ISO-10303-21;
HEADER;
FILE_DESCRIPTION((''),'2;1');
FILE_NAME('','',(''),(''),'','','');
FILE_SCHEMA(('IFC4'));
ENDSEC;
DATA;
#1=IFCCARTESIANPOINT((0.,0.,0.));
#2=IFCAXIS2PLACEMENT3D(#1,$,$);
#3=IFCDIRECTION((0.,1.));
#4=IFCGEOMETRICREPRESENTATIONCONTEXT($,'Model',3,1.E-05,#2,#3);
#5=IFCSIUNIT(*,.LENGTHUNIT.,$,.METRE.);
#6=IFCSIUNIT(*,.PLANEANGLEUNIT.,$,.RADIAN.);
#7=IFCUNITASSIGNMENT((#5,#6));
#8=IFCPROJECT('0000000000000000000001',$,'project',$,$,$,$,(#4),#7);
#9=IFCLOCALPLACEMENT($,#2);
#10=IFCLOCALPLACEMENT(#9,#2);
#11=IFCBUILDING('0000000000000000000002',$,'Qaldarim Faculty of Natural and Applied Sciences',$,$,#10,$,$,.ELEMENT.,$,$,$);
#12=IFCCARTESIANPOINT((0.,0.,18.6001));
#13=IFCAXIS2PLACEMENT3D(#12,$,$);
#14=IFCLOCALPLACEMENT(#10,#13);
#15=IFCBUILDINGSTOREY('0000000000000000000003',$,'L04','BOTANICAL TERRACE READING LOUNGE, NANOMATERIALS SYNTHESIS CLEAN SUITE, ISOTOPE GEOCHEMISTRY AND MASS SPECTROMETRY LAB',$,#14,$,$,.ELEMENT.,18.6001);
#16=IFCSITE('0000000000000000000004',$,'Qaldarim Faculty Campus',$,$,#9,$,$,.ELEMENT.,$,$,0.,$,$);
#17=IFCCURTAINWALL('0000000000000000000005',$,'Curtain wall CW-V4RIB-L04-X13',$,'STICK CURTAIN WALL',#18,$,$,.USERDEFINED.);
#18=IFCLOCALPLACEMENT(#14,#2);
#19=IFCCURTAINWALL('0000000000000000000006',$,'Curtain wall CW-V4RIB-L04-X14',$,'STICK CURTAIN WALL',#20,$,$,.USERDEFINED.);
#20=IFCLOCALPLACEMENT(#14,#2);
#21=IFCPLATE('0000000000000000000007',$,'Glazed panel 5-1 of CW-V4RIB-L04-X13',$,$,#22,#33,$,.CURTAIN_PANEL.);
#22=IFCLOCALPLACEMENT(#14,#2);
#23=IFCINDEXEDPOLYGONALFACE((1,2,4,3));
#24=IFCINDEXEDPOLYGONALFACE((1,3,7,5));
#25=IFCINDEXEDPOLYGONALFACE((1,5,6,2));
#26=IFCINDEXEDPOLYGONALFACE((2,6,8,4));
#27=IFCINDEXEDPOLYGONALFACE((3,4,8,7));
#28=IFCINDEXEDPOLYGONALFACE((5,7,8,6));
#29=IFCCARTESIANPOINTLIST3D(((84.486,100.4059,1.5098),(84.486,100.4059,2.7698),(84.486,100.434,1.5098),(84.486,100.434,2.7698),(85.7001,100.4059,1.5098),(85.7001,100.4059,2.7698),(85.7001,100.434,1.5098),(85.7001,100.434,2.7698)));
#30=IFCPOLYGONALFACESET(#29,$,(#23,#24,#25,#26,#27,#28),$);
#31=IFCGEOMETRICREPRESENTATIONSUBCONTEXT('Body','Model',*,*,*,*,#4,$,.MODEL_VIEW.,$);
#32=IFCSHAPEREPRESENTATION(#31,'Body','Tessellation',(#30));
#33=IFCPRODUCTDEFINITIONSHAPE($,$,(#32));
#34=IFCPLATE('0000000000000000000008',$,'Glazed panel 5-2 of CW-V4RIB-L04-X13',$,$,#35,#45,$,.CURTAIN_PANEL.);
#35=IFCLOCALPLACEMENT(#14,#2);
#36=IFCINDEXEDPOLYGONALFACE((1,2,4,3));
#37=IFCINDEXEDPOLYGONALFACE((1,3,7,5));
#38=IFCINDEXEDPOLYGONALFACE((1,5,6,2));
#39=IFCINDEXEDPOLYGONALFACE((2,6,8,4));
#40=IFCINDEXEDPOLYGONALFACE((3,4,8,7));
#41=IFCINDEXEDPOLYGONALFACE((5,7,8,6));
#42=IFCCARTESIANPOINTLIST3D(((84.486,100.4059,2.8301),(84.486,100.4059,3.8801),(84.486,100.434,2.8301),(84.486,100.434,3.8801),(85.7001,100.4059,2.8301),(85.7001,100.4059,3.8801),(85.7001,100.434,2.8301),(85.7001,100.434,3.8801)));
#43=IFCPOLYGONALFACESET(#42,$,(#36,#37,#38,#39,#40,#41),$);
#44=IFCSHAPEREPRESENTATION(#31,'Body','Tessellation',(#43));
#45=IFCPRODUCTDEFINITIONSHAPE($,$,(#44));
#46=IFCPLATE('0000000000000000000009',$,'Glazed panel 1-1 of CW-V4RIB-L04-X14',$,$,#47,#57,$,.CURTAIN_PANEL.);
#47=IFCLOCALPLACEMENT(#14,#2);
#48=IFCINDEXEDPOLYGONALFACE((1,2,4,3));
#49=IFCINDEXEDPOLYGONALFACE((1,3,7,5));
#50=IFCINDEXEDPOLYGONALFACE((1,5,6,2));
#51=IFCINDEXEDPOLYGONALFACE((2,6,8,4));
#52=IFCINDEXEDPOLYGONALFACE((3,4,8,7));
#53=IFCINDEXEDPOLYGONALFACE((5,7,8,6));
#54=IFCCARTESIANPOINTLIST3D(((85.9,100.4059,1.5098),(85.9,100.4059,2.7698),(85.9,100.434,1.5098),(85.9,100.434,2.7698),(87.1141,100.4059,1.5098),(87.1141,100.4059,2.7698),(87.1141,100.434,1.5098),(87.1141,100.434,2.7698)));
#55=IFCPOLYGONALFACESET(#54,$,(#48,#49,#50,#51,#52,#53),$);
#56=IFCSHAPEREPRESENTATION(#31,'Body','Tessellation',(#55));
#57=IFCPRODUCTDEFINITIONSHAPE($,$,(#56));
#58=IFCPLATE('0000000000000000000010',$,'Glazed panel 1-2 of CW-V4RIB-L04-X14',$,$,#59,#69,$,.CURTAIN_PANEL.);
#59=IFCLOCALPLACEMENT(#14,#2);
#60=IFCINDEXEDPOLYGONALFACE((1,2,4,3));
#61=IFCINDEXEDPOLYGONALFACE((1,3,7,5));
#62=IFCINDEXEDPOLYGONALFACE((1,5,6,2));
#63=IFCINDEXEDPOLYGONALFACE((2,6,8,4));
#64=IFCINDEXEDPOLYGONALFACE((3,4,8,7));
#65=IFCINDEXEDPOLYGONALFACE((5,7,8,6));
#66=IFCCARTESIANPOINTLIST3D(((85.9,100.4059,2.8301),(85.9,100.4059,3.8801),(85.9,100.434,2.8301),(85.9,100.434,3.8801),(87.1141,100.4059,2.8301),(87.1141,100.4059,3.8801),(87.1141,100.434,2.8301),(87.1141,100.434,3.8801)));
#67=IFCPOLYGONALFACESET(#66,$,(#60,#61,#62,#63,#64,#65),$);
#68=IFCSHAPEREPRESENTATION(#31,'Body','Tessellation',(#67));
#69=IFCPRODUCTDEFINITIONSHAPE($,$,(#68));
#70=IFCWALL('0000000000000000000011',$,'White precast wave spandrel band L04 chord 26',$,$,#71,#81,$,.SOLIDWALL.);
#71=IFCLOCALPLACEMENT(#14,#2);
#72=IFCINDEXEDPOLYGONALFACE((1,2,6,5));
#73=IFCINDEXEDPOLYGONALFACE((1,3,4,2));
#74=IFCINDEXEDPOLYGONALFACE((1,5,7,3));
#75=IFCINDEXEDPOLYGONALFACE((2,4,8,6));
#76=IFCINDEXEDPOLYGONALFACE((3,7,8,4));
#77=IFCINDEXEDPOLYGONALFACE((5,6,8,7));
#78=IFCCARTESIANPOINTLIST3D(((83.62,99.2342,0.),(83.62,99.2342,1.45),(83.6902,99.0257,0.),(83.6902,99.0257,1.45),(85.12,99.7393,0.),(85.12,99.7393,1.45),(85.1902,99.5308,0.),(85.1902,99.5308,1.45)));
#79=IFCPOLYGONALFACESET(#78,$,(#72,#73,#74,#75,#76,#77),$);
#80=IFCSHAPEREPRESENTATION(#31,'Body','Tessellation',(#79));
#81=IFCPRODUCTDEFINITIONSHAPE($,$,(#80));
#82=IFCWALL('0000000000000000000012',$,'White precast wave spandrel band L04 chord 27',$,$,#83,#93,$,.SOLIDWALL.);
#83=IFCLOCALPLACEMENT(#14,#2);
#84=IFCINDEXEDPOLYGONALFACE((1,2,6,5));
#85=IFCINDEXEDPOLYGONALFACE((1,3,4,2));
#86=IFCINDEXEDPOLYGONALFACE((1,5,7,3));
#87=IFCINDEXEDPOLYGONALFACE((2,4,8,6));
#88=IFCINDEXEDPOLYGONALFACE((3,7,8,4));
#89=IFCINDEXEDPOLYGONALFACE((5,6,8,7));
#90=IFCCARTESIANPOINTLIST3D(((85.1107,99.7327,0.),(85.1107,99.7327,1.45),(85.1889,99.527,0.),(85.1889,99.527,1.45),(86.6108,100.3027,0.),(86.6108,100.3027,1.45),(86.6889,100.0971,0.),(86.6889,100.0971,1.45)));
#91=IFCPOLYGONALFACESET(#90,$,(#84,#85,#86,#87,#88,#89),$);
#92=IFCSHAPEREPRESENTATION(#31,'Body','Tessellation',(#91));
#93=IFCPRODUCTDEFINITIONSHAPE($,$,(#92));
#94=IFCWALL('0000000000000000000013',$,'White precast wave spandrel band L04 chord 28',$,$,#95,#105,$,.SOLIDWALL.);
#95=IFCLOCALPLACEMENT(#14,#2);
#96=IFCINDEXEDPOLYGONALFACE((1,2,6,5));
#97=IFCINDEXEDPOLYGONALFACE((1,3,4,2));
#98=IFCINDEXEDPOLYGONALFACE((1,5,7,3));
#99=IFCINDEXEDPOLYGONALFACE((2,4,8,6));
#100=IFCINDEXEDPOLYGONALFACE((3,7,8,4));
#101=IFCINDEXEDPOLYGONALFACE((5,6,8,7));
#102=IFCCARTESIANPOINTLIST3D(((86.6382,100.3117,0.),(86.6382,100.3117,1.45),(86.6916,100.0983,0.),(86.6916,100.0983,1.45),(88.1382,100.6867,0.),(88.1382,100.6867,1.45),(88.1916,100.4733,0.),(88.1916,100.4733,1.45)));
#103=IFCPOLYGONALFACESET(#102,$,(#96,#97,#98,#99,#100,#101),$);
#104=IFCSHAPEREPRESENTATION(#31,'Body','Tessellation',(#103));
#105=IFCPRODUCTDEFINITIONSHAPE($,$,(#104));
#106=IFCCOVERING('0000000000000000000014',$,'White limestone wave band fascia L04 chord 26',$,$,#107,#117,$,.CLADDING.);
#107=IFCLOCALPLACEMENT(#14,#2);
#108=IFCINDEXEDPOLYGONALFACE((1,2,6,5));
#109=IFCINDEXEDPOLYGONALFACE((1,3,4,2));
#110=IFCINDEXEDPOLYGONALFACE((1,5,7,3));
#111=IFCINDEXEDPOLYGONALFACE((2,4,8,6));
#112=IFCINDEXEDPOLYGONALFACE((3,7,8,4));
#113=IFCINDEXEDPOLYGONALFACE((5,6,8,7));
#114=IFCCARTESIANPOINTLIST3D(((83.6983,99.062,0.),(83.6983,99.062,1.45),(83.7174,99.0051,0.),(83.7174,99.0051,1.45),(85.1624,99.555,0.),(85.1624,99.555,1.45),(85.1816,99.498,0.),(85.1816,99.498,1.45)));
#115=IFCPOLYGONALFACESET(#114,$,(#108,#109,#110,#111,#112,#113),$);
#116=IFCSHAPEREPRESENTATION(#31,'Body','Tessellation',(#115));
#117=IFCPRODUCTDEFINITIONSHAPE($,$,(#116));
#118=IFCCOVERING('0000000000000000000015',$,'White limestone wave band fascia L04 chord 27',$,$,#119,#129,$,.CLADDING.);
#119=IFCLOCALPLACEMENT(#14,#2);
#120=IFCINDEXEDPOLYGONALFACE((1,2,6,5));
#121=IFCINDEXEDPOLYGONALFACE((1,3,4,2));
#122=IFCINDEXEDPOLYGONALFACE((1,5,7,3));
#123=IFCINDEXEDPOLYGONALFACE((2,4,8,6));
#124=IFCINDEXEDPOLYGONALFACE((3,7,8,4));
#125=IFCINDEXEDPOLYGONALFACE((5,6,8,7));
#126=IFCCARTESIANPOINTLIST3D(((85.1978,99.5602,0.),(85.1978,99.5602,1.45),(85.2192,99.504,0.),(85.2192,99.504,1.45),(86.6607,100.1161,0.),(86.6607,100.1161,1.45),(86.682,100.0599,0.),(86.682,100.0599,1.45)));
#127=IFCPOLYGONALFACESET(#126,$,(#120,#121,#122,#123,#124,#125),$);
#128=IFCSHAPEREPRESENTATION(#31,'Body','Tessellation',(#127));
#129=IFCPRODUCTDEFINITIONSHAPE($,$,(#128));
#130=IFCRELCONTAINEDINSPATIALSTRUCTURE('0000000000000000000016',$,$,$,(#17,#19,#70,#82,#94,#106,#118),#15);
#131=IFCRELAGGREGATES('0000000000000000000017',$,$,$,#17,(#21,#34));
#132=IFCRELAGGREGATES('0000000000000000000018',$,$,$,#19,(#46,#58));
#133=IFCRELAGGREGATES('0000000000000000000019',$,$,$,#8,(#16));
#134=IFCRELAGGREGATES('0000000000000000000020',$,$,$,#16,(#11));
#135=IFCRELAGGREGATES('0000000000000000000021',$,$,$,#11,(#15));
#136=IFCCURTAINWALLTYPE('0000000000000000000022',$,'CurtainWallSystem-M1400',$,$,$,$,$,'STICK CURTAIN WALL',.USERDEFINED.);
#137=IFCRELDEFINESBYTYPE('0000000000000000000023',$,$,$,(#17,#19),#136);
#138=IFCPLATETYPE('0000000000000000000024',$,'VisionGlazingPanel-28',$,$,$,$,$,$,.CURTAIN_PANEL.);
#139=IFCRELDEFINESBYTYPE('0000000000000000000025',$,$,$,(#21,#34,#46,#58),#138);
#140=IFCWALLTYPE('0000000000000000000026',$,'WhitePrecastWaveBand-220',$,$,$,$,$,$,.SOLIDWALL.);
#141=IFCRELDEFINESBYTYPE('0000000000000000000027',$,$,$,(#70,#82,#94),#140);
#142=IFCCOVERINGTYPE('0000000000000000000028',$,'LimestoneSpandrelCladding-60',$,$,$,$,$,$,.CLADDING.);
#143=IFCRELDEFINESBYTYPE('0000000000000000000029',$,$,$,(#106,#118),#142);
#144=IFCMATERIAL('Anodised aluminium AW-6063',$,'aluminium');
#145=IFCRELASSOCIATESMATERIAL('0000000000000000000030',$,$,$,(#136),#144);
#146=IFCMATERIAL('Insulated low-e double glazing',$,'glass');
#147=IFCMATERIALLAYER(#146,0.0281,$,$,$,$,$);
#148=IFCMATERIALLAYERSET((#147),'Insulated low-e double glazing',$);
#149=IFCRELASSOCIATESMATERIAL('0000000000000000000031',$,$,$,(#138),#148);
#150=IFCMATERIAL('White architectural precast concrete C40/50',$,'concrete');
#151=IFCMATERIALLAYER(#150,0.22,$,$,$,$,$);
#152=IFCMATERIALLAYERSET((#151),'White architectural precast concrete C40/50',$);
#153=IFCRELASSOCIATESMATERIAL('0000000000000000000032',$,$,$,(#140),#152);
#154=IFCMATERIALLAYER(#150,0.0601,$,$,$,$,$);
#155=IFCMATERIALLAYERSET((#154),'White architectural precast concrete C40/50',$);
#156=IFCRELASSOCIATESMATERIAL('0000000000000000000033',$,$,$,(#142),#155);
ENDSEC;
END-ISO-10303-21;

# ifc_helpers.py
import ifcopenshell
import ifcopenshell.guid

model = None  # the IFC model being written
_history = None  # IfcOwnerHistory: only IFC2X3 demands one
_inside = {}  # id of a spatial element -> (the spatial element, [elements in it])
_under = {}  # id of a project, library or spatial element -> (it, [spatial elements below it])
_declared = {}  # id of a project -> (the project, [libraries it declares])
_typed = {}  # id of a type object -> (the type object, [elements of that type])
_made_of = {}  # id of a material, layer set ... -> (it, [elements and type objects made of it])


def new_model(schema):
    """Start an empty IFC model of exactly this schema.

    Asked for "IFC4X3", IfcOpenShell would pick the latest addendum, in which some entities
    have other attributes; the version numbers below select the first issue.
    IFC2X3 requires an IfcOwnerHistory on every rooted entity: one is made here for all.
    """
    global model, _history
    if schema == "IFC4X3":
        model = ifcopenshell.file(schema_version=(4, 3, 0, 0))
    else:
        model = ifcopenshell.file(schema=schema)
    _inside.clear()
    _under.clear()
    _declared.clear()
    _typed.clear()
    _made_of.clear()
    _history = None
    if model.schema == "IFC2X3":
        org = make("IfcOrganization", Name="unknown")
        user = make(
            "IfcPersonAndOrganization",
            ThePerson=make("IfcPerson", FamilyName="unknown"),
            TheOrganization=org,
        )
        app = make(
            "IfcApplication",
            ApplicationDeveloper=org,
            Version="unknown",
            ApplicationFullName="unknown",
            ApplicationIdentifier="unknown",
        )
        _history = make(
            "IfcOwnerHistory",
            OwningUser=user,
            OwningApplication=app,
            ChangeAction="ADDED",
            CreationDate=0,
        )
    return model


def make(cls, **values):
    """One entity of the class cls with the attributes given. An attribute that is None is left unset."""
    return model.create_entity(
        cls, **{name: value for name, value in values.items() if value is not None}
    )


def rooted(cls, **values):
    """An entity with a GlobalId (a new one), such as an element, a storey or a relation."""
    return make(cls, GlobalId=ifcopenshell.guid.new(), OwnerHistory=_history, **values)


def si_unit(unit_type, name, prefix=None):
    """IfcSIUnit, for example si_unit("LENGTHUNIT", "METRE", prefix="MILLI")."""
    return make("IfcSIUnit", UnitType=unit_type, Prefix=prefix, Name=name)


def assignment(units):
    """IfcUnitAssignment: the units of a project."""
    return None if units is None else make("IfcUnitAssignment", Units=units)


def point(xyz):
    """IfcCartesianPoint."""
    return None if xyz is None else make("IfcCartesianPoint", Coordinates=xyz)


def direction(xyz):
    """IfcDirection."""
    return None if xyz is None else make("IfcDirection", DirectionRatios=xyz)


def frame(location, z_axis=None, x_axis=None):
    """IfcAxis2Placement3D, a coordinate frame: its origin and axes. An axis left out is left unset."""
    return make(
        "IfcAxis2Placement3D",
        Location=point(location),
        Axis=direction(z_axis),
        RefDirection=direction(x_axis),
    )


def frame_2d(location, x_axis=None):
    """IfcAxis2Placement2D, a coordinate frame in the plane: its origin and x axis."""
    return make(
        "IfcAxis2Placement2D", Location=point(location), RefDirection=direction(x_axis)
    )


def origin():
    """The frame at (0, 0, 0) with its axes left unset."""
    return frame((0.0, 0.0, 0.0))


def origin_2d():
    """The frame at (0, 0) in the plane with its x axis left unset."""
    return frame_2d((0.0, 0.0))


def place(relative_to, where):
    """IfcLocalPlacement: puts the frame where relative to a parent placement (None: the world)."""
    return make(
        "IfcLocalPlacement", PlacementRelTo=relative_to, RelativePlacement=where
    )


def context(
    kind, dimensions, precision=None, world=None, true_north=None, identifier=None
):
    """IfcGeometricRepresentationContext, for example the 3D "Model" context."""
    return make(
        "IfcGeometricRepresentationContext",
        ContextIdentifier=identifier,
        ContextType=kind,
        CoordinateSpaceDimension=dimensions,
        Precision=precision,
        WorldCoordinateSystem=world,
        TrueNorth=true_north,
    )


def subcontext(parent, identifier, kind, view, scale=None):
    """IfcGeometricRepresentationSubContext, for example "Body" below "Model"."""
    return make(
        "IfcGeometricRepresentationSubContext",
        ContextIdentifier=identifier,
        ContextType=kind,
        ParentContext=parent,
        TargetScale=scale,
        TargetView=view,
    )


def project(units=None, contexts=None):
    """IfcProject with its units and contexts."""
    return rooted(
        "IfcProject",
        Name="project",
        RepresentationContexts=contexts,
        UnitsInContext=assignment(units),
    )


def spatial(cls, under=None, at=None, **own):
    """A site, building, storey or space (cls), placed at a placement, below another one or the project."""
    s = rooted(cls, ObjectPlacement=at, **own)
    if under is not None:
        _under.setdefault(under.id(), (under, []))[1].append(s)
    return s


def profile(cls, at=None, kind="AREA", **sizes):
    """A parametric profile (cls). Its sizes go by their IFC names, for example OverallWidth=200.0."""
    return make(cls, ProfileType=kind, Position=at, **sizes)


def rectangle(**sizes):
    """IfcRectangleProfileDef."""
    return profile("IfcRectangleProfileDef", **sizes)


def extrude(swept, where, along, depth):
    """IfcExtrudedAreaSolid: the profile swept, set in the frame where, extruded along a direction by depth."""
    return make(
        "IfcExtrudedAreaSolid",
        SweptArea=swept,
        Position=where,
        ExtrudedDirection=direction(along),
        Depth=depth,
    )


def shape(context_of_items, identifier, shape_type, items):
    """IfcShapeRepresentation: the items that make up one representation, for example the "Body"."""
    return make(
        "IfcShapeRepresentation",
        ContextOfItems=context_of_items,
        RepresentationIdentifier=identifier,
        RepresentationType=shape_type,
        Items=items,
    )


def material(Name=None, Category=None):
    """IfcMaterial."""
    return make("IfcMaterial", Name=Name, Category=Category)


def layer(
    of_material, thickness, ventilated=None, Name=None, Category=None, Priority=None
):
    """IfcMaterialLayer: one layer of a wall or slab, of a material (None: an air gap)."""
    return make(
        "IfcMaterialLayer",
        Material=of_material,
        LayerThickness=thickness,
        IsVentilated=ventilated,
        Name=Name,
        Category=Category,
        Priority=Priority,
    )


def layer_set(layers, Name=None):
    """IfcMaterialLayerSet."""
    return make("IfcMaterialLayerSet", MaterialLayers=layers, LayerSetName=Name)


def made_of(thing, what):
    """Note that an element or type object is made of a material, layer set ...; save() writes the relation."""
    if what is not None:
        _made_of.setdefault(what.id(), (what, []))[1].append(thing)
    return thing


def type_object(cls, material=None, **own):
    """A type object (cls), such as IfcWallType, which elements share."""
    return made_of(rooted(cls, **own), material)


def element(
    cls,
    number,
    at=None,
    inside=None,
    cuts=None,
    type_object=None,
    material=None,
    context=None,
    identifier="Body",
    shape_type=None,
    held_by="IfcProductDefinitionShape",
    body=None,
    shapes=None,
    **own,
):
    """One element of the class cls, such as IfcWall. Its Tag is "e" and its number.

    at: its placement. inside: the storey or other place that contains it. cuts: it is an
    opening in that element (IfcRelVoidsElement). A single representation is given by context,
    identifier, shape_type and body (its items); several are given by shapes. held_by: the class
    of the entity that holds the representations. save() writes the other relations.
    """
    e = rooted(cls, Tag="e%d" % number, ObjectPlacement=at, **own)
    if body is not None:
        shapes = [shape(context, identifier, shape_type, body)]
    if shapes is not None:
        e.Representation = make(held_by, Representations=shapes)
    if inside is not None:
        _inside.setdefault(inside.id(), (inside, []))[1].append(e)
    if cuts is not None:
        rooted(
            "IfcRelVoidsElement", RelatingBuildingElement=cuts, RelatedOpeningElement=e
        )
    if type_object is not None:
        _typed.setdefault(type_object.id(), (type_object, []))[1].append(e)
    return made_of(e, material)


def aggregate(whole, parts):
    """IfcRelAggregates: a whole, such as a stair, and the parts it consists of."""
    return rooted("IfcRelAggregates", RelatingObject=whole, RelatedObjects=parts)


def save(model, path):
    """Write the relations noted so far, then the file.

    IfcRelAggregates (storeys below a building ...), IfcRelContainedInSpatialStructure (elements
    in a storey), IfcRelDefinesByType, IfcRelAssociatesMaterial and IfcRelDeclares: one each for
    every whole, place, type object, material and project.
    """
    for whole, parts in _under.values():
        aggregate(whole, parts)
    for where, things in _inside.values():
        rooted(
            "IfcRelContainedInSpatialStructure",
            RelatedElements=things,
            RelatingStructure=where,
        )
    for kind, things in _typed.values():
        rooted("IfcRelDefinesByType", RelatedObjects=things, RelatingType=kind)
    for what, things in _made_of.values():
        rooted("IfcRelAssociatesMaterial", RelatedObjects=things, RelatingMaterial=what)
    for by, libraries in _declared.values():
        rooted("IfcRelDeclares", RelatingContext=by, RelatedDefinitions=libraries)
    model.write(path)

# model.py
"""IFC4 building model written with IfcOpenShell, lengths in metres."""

from ifc_helpers import new_model, si_unit, direction, frame, frame_2d, origin, origin_2d, place, context, subcontext, project, spatial, rectangle, extrude, material, layer, layer_set, type_object, element, aggregate, save


model = new_model("IFC4")

# Units and contexts
model_context = context("Model", 3, precision=1e-05, world=origin(), true_north=direction((0.0, 1.0)))
body_context = subcontext(model_context, "Body", "Model", "MODEL_VIEW")
ifc_project = project(units=[si_unit("LENGTHUNIT", "METRE"), si_unit("PLANEANGLEUNIT", "RADIAN")], contexts=[model_context])

# Site, building, storey
site_placement = place(None, origin())
site = spatial("IfcSite", under=ifc_project, at=site_placement, Name="Qaldarim Faculty Campus", CompositionType="ELEMENT", RefElevation=0.0)
building_placement = place(site_placement, origin())
building = spatial("IfcBuilding", under=site, at=building_placement, Name="Qaldarim Faculty of Natural and Applied Sciences", CompositionType="ELEMENT")
storey_placement = place(building_placement, frame((0.0, 0.0, 18.6001)))
storey = spatial("IfcBuildingStorey", under=building, at=storey_placement, Name="L04", Description="BOTANICAL TERRACE READING LOUNGE, NANOMATERIALS SYNTHESIS CLEAN SUITE, ISOTOPE GEOCHEMISTRY AND MASS SPECTROMETRY LAB", CompositionType="ELEMENT", Elevation=18.6001)

# Curtain walls
ifc_material_1 = material(Name="Anodised aluminium AW-6063", Category="aluminium")
curtain_wall_type = type_object("IfcCurtainWallType", Name="CurtainWallSystem-M1400", ElementType="STICK CURTAIN WALL", PredefinedType="USERDEFINED", material=ifc_material_1)
curtain_wall_1_placement = place(storey_placement, origin())
curtain_wall_1 = element("IfcCurtainWall", 1, at=curtain_wall_1_placement, inside=storey, type_object=curtain_wall_type, Name="Curtain wall CW-V4RIB-L04-X13", ObjectType="STICK CURTAIN WALL", PredefinedType="USERDEFINED")
curtain_wall_2_placement = place(storey_placement, origin())
curtain_wall_2 = element("IfcCurtainWall", 2, at=curtain_wall_2_placement, inside=storey, type_object=curtain_wall_type, Name="Curtain wall CW-V4RIB-L04-X14", ObjectType="STICK CURTAIN WALL", PredefinedType="USERDEFINED")

# Plates
ifc_material_2 = material(Name="Insulated low-e double glazing", Category="glass")
ifc_layer_1 = layer(ifc_material_2, 0.0281)
ifc_layer_set_1 = layer_set([ifc_layer_1], Name="Insulated low-e double glazing")
plate_type = type_object("IfcPlateType", Name="VisionGlazingPanel-28", PredefinedType="CURTAIN_PANEL", material=ifc_layer_set_1)
plate_1_placement = place(storey_placement, frame((85.093, 100.4199, 1.5098), z_axis=(0.0, 0.0, 1.0), x_axis=(1.0, 0.0, 0.0)))
plate_1 = element("IfcPlate", 3, at=plate_1_placement, type_object=plate_type, Name="Glazed panel 5-1 of CW-V4RIB-L04-X13", PredefinedType="CURTAIN_PANEL", context=body_context, shape_type="SweptSolid", body=[
    extrude(rectangle(XDim=1.2141, YDim=0.0281, at=origin_2d()), origin(), (0.0, 0.0, 1.0), 1.26),
])
plate_2_placement = place(storey_placement, frame((85.093, 100.4199, 2.8301), z_axis=(0.0, 0.0, 1.0), x_axis=(1.0, 0.0, 0.0)))
plate_2 = element("IfcPlate", 4, at=plate_2_placement, type_object=plate_type, Name="Glazed panel 5-2 of CW-V4RIB-L04-X13", PredefinedType="CURTAIN_PANEL", context=body_context, shape_type="SweptSolid", body=[
    extrude(rectangle(XDim=1.2141, YDim=0.0281, at=origin_2d()), origin(), (0.0, 0.0, 1.0), 1.05),
])
aggregate(curtain_wall_1, [plate_1, plate_2])
plate_3_placement = place(storey_placement, frame((86.5071, 100.4199, 1.5098), z_axis=(0.0, 0.0, 1.0), x_axis=(1.0, 0.0, 0.0)))
plate_3 = element("IfcPlate", 5, at=plate_3_placement, type_object=plate_type, Name="Glazed panel 1-1 of CW-V4RIB-L04-X14", PredefinedType="CURTAIN_PANEL", context=body_context, shape_type="SweptSolid", body=[
    extrude(rectangle(XDim=1.2141, YDim=0.0281, at=origin_2d()), origin(), (0.0, 0.0, 1.0), 1.26),
])
plate_4_placement = place(storey_placement, frame((86.5071, 100.4199, 2.8301), z_axis=(0.0, 0.0, 1.0), x_axis=(1.0, 0.0, 0.0)))
plate_4 = element("IfcPlate", 6, at=plate_4_placement, type_object=plate_type, Name="Glazed panel 1-2 of CW-V4RIB-L04-X14", PredefinedType="CURTAIN_PANEL", context=body_context, shape_type="SweptSolid", body=[
    extrude(rectangle(XDim=1.2141, YDim=0.0281, at=origin_2d()), origin(), (0.0, 0.0, 1.0), 1.05),
])
aggregate(curtain_wall_2, [plate_3, plate_4])

# Walls
ifc_material_3 = material(Name="White architectural precast concrete C40/50", Category="concrete")
ifc_layer_2 = layer(ifc_material_3, 0.22)
ifc_layer_set_2 = layer_set([ifc_layer_2], Name="White architectural precast concrete C40/50")
wall_type = type_object("IfcWallType", Name="WhitePrecastWaveBand-220", PredefinedType="SOLIDWALL", material=ifc_layer_set_2)
wall_1_placement = place(storey_placement, frame((83.655, 99.1299, 0.0), z_axis=(0.0, 0.0, 1.0), x_axis=(0.947707, 0.319142, 0.0)))
element("IfcWall", 7, at=wall_1_placement, inside=storey, type_object=wall_type, Name="White precast wave spandrel band L04 chord 26", PredefinedType="SOLIDWALL", context=body_context, shape_type="SweptSolid", body=[
    extrude(rectangle(XDim=1.5828, YDim=0.22, at=frame_2d((0.7915, 0.0))), origin(), (0.0, 0.0, 1.0), 1.45),
])
wall_2_placement = place(storey_placement, frame((85.1499, 99.6299, 0.0), z_axis=(0.0, 0.0, 1.0), x_axis=(0.934769, 0.355255, 0.0)))
element("IfcWall", 8, at=wall_2_placement, inside=storey, type_object=wall_type, Name="White precast wave spandrel band L04 chord 27", PredefinedType="SOLIDWALL", context=body_context, shape_type="SweptSolid", body=[
    extrude(rectangle(XDim=1.6047, YDim=0.22, at=frame_2d((0.8022, 0.0))), origin(), (0.0, 0.0, 1.0), 1.45),
])
wall_3_placement = place(storey_placement, frame((86.665, 100.2051, 0.0), z_axis=(0.0, 0.0, 1.0), x_axis=(0.970143, 0.242536, 0.0)))
element("IfcWall", 9, at=wall_3_placement, inside=storey, type_object=wall_type, Name="White precast wave spandrel band L04 chord 28", PredefinedType="SOLIDWALL", context=body_context, shape_type="SweptSolid", body=[
    extrude(rectangle(XDim=1.5461, YDim=0.22, at=frame_2d((0.7729, 0.0))), origin(), (0.0, 0.0, 1.0), 1.45),
])

# Coverings
ifc_layer_3 = layer(ifc_material_3, 0.0601)
ifc_layer_set_3 = layer_set([ifc_layer_3], Name="White architectural precast concrete C40/50")
covering_type = type_object("IfcCoveringType", Name="LimestoneSpandrelCladding-60", PredefinedType="CLADDING", material=ifc_layer_set_3)
covering_1_placement = place(storey_placement, frame((84.4399, 99.28, 0.0), z_axis=(0.0, 0.0, 1.0), x_axis=(0.947729, 0.319075, 0.0)))
element("IfcCovering", 10, at=covering_1_placement, inside=storey, type_object=covering_type, Name="White limestone wave band fascia L04 chord 26", PredefinedType="CLADDING", context=body_context, shape_type="SweptSolid", body=[
    extrude(rectangle(XDim=1.5449, YDim=0.0601, at=origin_2d()), origin(), (0.0, 0.0, 1.0), 1.45),
])
covering_2_placement = place(storey_placement, frame((85.9399, 99.8101, 0.0), z_axis=(0.0, 0.0, 1.0), x_axis=(0.934782, 0.355221, 0.0)))
element("IfcCovering", 11, at=covering_2_placement, inside=storey, type_object=covering_type, Name="White limestone wave band fascia L04 chord 27", PredefinedType="CLADDING", context=body_context, shape_type="SweptSolid", body=[
    extrude(rectangle(XDim=1.5649, YDim=0.0601, at=origin_2d()), origin(), (0.0, 0.0, 1.0), 1.45),
])

save(model, "model.ifc")
